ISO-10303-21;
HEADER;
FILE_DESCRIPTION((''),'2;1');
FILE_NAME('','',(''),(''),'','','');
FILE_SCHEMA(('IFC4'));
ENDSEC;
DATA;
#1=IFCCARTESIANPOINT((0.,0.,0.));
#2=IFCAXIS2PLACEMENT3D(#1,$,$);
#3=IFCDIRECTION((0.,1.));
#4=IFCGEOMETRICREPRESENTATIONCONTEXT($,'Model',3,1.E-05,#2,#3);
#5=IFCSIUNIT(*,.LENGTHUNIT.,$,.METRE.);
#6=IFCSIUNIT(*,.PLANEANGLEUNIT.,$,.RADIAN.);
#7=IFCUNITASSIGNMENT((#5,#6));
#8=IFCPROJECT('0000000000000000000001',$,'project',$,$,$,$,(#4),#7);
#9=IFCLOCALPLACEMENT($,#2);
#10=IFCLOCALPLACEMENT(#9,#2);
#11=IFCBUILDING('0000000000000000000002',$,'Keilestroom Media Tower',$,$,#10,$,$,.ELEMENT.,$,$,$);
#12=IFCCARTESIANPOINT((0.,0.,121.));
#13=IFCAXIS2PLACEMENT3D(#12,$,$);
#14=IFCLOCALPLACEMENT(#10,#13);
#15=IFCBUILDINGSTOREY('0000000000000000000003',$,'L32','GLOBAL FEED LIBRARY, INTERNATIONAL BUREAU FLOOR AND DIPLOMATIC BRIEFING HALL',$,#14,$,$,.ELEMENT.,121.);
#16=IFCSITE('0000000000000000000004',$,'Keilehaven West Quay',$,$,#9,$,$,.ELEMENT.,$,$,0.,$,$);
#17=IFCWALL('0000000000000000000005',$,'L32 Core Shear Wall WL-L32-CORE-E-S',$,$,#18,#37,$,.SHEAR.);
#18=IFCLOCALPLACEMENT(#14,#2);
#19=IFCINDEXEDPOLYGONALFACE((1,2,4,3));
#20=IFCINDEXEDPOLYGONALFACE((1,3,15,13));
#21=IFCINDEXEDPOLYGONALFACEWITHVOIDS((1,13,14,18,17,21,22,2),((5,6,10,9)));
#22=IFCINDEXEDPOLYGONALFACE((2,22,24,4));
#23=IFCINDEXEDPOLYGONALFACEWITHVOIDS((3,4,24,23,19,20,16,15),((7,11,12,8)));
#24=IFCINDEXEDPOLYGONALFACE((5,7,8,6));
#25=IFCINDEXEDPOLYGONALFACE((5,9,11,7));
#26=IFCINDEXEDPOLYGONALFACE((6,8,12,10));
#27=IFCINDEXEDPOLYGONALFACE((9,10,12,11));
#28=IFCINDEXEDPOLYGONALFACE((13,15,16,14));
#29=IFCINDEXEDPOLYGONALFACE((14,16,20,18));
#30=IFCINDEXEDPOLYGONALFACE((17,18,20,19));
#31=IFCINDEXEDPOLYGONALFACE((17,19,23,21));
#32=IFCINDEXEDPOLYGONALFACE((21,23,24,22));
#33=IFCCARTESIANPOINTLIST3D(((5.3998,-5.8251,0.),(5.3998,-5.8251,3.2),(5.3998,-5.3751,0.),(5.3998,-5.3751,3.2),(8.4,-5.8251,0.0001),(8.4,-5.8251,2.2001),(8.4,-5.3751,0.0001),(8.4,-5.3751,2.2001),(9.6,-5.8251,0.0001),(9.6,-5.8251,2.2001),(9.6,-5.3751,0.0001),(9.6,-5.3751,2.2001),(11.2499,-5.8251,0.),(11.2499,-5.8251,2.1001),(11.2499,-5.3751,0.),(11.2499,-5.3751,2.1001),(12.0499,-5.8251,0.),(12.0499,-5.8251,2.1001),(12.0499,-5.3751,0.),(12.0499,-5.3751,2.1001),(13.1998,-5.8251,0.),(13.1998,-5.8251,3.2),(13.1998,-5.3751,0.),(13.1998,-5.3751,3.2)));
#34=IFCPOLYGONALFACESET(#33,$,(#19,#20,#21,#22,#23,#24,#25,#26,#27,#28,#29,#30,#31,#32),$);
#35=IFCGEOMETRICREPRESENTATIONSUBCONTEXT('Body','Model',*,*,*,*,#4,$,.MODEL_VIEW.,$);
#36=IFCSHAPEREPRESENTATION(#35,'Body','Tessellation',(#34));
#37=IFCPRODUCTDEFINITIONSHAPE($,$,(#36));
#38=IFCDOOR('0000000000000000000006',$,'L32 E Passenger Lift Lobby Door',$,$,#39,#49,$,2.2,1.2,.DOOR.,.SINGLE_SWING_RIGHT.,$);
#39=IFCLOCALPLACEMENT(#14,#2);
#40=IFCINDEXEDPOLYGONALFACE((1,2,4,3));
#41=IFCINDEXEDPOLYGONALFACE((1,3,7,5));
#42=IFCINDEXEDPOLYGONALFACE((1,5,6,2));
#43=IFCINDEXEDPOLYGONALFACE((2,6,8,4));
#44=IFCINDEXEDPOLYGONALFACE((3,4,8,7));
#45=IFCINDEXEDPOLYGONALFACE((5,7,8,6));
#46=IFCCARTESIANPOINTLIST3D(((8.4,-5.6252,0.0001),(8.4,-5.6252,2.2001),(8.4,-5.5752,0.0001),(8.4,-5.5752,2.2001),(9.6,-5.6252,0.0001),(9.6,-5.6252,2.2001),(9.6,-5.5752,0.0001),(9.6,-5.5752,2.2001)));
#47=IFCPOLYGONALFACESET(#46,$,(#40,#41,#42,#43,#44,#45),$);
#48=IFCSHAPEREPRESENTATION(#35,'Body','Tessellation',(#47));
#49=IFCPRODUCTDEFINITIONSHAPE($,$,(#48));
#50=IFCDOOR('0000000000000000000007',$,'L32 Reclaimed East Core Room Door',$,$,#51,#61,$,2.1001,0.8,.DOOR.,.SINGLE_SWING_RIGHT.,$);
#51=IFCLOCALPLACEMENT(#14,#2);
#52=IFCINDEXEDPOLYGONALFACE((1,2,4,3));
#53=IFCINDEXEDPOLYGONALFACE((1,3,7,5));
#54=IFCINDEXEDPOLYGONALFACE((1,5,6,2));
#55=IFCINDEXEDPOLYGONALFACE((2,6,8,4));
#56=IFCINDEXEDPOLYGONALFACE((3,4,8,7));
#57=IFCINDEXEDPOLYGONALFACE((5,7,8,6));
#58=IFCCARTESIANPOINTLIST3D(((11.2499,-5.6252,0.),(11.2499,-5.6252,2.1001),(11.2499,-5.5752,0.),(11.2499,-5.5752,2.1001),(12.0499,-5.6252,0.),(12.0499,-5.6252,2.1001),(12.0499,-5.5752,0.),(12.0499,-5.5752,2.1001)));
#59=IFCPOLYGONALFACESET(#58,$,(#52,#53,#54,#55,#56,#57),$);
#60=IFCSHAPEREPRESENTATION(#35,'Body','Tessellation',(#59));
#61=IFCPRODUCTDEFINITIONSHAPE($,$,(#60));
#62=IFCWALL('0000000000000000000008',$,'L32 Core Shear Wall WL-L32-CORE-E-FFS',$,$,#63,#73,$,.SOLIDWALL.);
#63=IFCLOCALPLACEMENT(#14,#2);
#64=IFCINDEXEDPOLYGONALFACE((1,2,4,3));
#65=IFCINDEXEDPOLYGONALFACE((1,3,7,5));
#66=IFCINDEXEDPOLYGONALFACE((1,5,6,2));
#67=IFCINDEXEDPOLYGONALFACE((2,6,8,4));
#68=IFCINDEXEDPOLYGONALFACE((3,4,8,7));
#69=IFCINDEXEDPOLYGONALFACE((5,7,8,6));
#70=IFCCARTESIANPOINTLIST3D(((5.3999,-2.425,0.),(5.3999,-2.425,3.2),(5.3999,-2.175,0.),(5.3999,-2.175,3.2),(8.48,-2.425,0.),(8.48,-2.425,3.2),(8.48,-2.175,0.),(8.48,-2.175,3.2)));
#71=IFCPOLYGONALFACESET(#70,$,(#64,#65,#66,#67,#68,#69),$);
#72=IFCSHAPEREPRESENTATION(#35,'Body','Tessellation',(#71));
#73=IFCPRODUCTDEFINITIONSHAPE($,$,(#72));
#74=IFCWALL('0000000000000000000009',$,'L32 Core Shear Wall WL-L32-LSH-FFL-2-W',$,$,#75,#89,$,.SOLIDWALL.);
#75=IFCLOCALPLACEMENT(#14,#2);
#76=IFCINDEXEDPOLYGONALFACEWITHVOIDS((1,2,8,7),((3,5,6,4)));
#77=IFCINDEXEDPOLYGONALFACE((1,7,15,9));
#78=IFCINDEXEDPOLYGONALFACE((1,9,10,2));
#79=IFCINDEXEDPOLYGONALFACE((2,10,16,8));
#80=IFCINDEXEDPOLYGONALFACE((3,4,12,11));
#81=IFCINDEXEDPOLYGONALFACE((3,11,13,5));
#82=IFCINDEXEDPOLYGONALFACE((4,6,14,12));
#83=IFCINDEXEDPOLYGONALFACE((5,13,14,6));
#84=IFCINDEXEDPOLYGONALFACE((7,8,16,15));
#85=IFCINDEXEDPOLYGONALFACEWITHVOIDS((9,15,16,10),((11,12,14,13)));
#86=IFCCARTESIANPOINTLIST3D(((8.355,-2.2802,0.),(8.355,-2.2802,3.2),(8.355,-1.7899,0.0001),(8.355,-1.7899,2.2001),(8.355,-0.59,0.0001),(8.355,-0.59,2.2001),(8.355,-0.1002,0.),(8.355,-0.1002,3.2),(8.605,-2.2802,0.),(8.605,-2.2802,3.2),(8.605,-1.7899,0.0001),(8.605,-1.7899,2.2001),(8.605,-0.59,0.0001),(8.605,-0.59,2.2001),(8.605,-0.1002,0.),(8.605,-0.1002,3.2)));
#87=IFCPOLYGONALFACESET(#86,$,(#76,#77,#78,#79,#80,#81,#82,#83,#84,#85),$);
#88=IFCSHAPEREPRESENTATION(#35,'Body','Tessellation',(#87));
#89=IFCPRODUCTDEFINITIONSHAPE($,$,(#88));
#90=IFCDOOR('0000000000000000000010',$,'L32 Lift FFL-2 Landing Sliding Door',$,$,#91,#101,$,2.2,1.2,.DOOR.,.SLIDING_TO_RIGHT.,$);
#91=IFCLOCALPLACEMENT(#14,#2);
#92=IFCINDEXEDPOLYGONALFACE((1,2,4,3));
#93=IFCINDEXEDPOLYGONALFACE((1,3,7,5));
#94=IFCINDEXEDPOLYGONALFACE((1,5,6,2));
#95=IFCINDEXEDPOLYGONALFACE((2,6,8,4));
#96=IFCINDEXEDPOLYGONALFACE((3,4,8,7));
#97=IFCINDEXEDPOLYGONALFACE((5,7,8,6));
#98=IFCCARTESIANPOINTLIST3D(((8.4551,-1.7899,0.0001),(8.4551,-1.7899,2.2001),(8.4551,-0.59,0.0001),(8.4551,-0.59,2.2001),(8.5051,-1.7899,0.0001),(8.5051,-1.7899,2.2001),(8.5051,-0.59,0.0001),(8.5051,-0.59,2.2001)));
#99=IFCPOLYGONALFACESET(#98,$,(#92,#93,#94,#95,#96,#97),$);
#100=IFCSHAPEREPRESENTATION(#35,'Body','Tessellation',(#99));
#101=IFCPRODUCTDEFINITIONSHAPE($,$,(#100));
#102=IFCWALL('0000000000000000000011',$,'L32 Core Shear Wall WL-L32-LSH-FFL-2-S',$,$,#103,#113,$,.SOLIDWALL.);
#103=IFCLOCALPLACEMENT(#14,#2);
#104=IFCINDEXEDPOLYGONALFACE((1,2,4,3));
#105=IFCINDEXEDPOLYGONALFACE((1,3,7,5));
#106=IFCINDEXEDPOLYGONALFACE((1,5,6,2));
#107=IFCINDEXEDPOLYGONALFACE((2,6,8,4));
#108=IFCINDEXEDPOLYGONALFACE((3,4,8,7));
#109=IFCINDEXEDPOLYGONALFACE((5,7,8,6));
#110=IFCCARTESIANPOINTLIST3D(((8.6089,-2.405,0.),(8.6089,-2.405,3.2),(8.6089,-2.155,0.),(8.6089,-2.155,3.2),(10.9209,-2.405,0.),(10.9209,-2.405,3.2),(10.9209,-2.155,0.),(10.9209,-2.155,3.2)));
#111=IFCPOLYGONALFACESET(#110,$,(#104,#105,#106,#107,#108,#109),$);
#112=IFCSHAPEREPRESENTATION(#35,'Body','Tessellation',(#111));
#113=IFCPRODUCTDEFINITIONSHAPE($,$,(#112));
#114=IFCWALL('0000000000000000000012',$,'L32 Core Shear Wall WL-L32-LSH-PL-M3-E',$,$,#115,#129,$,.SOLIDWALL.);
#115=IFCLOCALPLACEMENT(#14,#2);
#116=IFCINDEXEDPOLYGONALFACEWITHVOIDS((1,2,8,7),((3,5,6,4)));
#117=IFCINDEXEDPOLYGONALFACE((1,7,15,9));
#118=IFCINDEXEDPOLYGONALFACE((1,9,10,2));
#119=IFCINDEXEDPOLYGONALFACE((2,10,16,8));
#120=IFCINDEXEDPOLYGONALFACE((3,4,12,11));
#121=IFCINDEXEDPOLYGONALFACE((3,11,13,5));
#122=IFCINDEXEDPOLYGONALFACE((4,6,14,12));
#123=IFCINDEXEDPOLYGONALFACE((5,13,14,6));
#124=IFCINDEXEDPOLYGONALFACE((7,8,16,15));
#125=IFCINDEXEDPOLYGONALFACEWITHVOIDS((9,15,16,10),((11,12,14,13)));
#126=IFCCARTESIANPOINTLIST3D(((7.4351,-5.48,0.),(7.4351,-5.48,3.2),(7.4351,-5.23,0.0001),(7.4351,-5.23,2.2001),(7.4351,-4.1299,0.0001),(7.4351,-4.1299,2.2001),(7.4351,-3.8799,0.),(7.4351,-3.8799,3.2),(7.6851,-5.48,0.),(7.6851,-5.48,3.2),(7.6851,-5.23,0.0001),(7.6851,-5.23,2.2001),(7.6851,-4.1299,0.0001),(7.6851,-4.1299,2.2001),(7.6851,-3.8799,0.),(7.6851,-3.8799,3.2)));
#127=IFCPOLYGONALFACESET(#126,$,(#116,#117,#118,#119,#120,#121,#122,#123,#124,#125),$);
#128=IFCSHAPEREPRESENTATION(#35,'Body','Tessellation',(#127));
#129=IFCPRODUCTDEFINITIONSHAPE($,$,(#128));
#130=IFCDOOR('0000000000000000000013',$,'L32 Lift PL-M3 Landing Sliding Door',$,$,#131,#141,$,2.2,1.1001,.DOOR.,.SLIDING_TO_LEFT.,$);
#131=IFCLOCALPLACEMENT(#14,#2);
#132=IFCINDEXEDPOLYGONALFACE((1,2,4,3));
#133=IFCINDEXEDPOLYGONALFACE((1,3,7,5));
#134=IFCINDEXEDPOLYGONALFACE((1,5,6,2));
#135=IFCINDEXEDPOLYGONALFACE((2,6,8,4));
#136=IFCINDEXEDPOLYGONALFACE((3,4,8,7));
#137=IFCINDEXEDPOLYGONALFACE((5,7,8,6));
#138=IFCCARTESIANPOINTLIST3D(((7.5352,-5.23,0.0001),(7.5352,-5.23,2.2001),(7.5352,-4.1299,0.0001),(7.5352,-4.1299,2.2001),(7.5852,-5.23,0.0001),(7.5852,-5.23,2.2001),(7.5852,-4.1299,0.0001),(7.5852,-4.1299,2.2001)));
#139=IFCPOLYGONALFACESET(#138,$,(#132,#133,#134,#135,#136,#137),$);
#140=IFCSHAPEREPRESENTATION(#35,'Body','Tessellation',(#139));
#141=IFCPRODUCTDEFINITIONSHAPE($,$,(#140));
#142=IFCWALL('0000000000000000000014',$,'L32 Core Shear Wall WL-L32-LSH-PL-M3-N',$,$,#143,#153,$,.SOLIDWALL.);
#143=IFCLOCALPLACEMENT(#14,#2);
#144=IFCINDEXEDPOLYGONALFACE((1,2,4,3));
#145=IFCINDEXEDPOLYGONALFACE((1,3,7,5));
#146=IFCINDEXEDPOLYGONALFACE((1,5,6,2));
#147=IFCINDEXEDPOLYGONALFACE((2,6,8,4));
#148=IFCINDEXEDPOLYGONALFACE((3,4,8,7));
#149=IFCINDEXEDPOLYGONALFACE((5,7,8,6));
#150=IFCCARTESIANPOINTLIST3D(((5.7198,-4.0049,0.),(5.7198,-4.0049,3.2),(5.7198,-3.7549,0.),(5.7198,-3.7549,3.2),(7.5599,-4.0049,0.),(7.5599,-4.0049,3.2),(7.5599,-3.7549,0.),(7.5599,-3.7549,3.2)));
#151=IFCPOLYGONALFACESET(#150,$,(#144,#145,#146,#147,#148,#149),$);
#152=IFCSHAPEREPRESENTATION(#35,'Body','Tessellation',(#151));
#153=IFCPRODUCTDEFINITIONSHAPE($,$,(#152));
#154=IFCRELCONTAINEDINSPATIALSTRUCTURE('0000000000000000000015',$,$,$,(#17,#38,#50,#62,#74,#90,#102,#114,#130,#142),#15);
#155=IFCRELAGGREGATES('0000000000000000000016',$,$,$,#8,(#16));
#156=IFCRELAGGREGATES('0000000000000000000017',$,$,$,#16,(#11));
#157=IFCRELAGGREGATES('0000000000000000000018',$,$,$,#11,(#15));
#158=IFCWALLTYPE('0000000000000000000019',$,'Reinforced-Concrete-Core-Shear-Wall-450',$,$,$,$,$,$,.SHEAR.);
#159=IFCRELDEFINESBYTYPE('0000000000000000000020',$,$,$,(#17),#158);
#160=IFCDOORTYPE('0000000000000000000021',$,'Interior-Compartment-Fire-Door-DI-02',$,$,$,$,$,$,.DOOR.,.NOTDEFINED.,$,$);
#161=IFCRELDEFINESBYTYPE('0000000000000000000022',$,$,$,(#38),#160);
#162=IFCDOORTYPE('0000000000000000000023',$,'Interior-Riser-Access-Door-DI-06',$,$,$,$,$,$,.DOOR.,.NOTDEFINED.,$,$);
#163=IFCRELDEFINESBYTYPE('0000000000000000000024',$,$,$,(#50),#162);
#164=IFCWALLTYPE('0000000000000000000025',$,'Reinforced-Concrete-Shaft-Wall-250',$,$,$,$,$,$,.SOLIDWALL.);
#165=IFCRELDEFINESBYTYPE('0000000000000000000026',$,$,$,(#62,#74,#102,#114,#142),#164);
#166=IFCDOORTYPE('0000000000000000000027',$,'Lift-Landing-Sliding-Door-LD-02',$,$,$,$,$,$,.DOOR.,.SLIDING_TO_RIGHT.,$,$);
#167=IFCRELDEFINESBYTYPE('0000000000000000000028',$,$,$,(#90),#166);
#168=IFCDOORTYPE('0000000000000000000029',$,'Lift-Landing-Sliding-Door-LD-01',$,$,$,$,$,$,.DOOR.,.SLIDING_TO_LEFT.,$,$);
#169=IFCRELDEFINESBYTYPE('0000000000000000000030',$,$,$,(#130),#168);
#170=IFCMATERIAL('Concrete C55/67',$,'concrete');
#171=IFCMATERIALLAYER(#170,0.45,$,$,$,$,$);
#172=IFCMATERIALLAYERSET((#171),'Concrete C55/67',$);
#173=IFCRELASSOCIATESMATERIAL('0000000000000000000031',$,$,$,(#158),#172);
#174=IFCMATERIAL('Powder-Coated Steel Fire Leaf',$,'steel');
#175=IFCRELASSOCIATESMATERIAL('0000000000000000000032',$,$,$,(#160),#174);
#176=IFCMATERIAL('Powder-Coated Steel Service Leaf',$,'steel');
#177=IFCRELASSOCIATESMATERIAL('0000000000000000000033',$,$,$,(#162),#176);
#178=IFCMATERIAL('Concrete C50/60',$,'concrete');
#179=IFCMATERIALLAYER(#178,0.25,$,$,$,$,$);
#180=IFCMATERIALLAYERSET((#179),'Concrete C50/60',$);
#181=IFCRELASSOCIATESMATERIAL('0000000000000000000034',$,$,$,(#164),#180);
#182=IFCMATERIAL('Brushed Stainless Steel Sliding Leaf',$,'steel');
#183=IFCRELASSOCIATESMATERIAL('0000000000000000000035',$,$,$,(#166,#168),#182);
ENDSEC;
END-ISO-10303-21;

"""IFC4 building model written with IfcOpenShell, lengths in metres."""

from ifc_helpers import new_model, si_unit, direction, frame, frame_2d, origin, place, context, subcontext, project, spatial, rectangle, extrude, source, transform, mapped, material, layer, layer_set, type_object, element, fill, save


model = new_model("IFC4")

# Units and contexts
model_context = context("Model", 3, precision=1e-05, world=origin(), true_north=direction((0.0, 1.0)))
body_context = subcontext(model_context, "Body", "Model", "MODEL_VIEW")
ifc_project = project(units=[si_unit("LENGTHUNIT", "METRE"), si_unit("PLANEANGLEUNIT", "RADIAN")], contexts=[model_context])

# Site, building, storey
site_placement = place(None, origin())
site = spatial("IfcSite", under=ifc_project, at=site_placement, Name="Keilehaven West Quay", CompositionType="ELEMENT", RefElevation=0.0)
building_placement = place(site_placement, origin())
building = spatial("IfcBuilding", under=site, at=building_placement, Name="Keilestroom Media Tower", CompositionType="ELEMENT")
storey_placement = place(building_placement, frame((0.0, 0.0, 121.0)))
storey = spatial("IfcBuildingStorey", under=building, at=storey_placement, Name="L32", Description="GLOBAL FEED LIBRARY, INTERNATIONAL BUREAU FLOOR AND DIPLOMATIC BRIEFING HALL", CompositionType="ELEMENT", Elevation=121.0)

# Wall, openings, doors
ifc_material_1 = material(Name="Concrete C55/67", Category="concrete")
ifc_layer_1 = layer(ifc_material_1, 0.45)
ifc_layer_set_1 = layer_set([ifc_layer_1], Name="Concrete C55/67")
wall_type_1 = type_object("IfcWallType", Name="Reinforced-Concrete-Core-Shear-Wall-450", PredefinedType="SHEAR", material=ifc_layer_set_1)
ifc_material_2 = material(Name="Powder-Coated Steel Fire Leaf", Category="steel")
door_type_1 = type_object("IfcDoorType", Name="Interior-Compartment-Fire-Door-DI-02", OperationType="NOTDEFINED", PredefinedType="DOOR", material=ifc_material_2)
shared_shape_1 = source(origin(), body_context, "Body", "SweptSolid", [
    extrude(rectangle(XDim=1.2, YDim=2.2, at=frame_2d((0.6001, 1.1001))), frame((0.0, 0.0249, 0.0), z_axis=(0.0, -1.0, 0.0), x_axis=(1.0, 0.0, 0.0)), (0.0, 0.0, 1.0), 0.05),
])
ifc_material_3 = material(Name="Powder-Coated Steel Service Leaf", Category="steel")
door_type_2 = type_object("IfcDoorType", Name="Interior-Riser-Access-Door-DI-06", OperationType="NOTDEFINED", PredefinedType="DOOR", material=ifc_material_3)
shared_shape_2 = source(origin(), body_context, "Body", "SweptSolid", [
    extrude(rectangle(XDim=0.8, YDim=2.1001, at=frame_2d((0.3999, 1.05))), frame((0.0, 0.0249, 0.0), z_axis=(0.0, -1.0, 0.0), x_axis=(1.0, 0.0, 0.0)), (0.0, 0.0, 1.0), 0.05),
])
wall_1_placement = place(storey_placement, frame((5.3999, -5.6001, 0.0), z_axis=(0.0, 0.0, 1.0), x_axis=(1.0, 0.0, 0.0)))
wall_1 = element("IfcWall", 1, at=wall_1_placement, inside=storey, type_object=wall_type_1, Name="L32 Core Shear Wall WL-L32-CORE-E-S", PredefinedType="SHEAR", context=body_context, shape_type="SweptSolid", body=[
    extrude(rectangle(XDim=7.8, YDim=0.45, at=frame_2d((3.8999, 0.0))), origin(), (0.0, 0.0, 1.0), 3.2),
])
opening_1_placement = place(wall_1_placement, frame((3.0, 0.0, 0.0)))
opening_1 = element("IfcOpeningElement", 2, at=opening_1_placement, cuts=wall_1, PredefinedType="OPENING", context=body_context, shape_type="SweptSolid", body=[
    extrude(rectangle(XDim=1.2, YDim=2.2, at=frame_2d((0.6001, 1.1001))), frame((0.0, 0.2349, 0.0), z_axis=(0.0, -1.0, 0.0), x_axis=(1.0, 0.0, 0.0)), (0.0, 0.0, 1.0), 0.47),
])
opening_2_placement = place(wall_1_placement, frame((5.8501, 0.0, 0.0)))
opening_2 = element("IfcOpeningElement", 3, at=opening_2_placement, cuts=wall_1, PredefinedType="OPENING", context=body_context, shape_type="SweptSolid", body=[
    extrude(rectangle(XDim=0.8, YDim=2.1001, at=frame_2d((0.3999, 1.05))), frame((0.0, 0.2349, 0.0), z_axis=(0.0, -1.0, 0.0), x_axis=(1.0, 0.0, 0.0)), (0.0, 0.0, 1.0), 0.47),
])
door_1_placement = place(opening_1_placement, origin())
door_1 = element("IfcDoor", 4, at=door_1_placement, inside=storey, type_object=door_type_1, Name="L32 E Passenger Lift Lobby Door", OperationType="SINGLE_SWING_RIGHT", OverallHeight=2.2, OverallWidth=1.2, PredefinedType="DOOR", context=body_context, shape_type="MappedRepresentation", body=[
    mapped(shared_shape_1, transform((0.0, 0.0, 0.0), x_axis=(1.0, 0.0, 0.0), y_axis=(0.0, 1.0, 0.0), z_axis=(0.0, 0.0, 1.0), scale=1.0)),
])
fill(opening_1, door_1)
door_2_placement = place(opening_2_placement, origin())
door_2 = element("IfcDoor", 5, at=door_2_placement, inside=storey, type_object=door_type_2, Name="L32 Reclaimed East Core Room Door", OperationType="SINGLE_SWING_RIGHT", OverallHeight=2.1001, OverallWidth=0.8, PredefinedType="DOOR", context=body_context, shape_type="MappedRepresentation", body=[
    mapped(shared_shape_2, transform((0.0, 0.0, 0.0), x_axis=(1.0, 0.0, 0.0), y_axis=(0.0, 1.0, 0.0), z_axis=(0.0, 0.0, 1.0), scale=1.0)),
])
fill(opening_2, door_2)

# Wall
ifc_material_4 = material(Name="Concrete C50/60", Category="concrete")
ifc_layer_2 = layer(ifc_material_4, 0.25)
ifc_layer_set_2 = layer_set([ifc_layer_2], Name="Concrete C50/60")
wall_type_2 = type_object("IfcWallType", Name="Reinforced-Concrete-Shaft-Wall-250", PredefinedType="SOLIDWALL", material=ifc_layer_set_2)
wall_2_placement = place(storey_placement, frame((5.3999, -2.3, 0.0), z_axis=(0.0, 0.0, 1.0), x_axis=(1.0, 0.0, 0.0)))
element("IfcWall", 6, at=wall_2_placement, inside=storey, type_object=wall_type_2, Name="L32 Core Shear Wall WL-L32-CORE-E-FFS", PredefinedType="SOLIDWALL", context=body_context, shape_type="SweptSolid", body=[
    extrude(rectangle(XDim=3.0801, YDim=0.25, at=frame_2d((1.54, 0.0))), origin(), (0.0, 0.0, 1.0), 3.2),
])

# Wall, opening, door
wall_3_placement = place(storey_placement, frame((8.48, -2.28, 0.0), z_axis=(0.0, 0.0, 1.0), x_axis=(0.0, 1.0, 0.0)))
wall_3 = element("IfcWall", 7, at=wall_3_placement, inside=storey, type_object=wall_type_2, Name="L32 Core Shear Wall WL-L32-LSH-FFL-2-W", PredefinedType="SOLIDWALL", context=body_context, shape_type="SweptSolid", body=[
    extrude(rectangle(XDim=2.1799, YDim=0.25, at=frame_2d((1.0898, 0.0))), origin(), (0.0, 0.0, 1.0), 3.2),
])
opening_3_placement = place(wall_3_placement, frame((0.49, 0.0, 0.0)))
opening_3 = element("IfcOpeningElement", 8, at=opening_3_placement, cuts=wall_3, PredefinedType="OPENING", context=body_context, shape_type="SweptSolid", body=[
    extrude(rectangle(XDim=1.2, YDim=2.2, at=frame_2d((0.6001, 1.1001))), frame((0.0, 0.135, 0.0), z_axis=(0.0, -1.0, 0.0), x_axis=(1.0, 0.0, 0.0)), (0.0, 0.0, 1.0), 0.27),
])
ifc_material_5 = material(Name="Brushed Stainless Steel Sliding Leaf", Category="steel")
door_type_3 = type_object("IfcDoorType", Name="Lift-Landing-Sliding-Door-LD-02", OperationType="SLIDING_TO_RIGHT", PredefinedType="DOOR", material=ifc_material_5)
door_3_placement = place(opening_3_placement, origin())
door_3 = element("IfcDoor", 9, at=door_3_placement, inside=storey, type_object=door_type_3, Name="L32 Lift FFL-2 Landing Sliding Door", OperationType="SLIDING_TO_RIGHT", OverallHeight=2.2, OverallWidth=1.2, PredefinedType="DOOR", context=body_context, shape_type="MappedRepresentation", body=[
    mapped(shared_shape_1, transform((0.0, 0.0, 0.0), x_axis=(1.0, 0.0, 0.0), y_axis=(0.0, 1.0, 0.0), z_axis=(0.0, 0.0, 1.0), scale=1.0)),
])
fill(opening_3, door_3)

# Wall
wall_4_placement = place(storey_placement, frame((8.6089, -2.28, 0.0), z_axis=(0.0, 0.0, 1.0), x_axis=(1.0, 0.0, 0.0)))
element("IfcWall", 10, at=wall_4_placement, inside=storey, type_object=wall_type_2, Name="L32 Core Shear Wall WL-L32-LSH-FFL-2-S", PredefinedType="SOLIDWALL", context=body_context, shape_type="SweptSolid", body=[
    extrude(rectangle(XDim=2.312, YDim=0.25, at=frame_2d((1.156, 0.0))), origin(), (0.0, 0.0, 1.0), 3.2),
])

# Wall, opening, door
wall_5_placement = place(storey_placement, frame((7.5601, -5.48, 0.0), z_axis=(0.0, 0.0, 1.0), x_axis=(0.0, 1.0, 0.0)))
wall_5 = element("IfcWall", 11, at=wall_5_placement, inside=storey, type_object=wall_type_2, Name="L32 Core Shear Wall WL-L32-LSH-PL-M3-E", PredefinedType="SOLIDWALL", context=body_context, shape_type="SweptSolid", body=[
    extrude(rectangle(XDim=1.6001, YDim=0.25, at=frame_2d((0.8, 0.0))), origin(), (0.0, 0.0, 1.0), 3.2),
])
opening_4_placement = place(wall_5_placement, frame((0.25, 0.0, 0.0)))
opening_4 = element("IfcOpeningElement", 12, at=opening_4_placement, cuts=wall_5, PredefinedType="OPENING", context=body_context, shape_type="SweptSolid", body=[
    extrude(rectangle(XDim=1.1001, YDim=2.2, at=frame_2d((0.55, 1.1001))), frame((0.0, 0.135, 0.0), z_axis=(0.0, -1.0, 0.0), x_axis=(1.0, 0.0, 0.0)), (0.0, 0.0, 1.0), 0.27),
])
door_type_4 = type_object("IfcDoorType", Name="Lift-Landing-Sliding-Door-LD-01", OperationType="SLIDING_TO_LEFT", PredefinedType="DOOR", material=ifc_material_5)
shared_shape_3 = source(origin(), body_context, "Body", "SweptSolid", [
    extrude(rectangle(XDim=1.1001, YDim=2.2, at=frame_2d((0.55, 1.1001))), frame((0.0, 0.0249, 0.0), z_axis=(0.0, -1.0, 0.0), x_axis=(1.0, 0.0, 0.0)), (0.0, 0.0, 1.0), 0.05),
])
door_4_placement = place(opening_4_placement, origin())
door_4 = element("IfcDoor", 13, at=door_4_placement, inside=storey, type_object=door_type_4, Name="L32 Lift PL-M3 Landing Sliding Door", OperationType="SLIDING_TO_LEFT", OverallHeight=2.2, OverallWidth=1.1001, PredefinedType="DOOR", context=body_context, shape_type="MappedRepresentation", body=[
    mapped(shared_shape_3, transform((0.0, 0.0, 0.0), x_axis=(1.0, 0.0, 0.0), y_axis=(0.0, 1.0, 0.0), z_axis=(0.0, 0.0, 1.0), scale=1.0)),
])
fill(opening_4, door_4)

# Wall
wall_6_placement = place(storey_placement, frame((5.72, -3.8799, 0.0), z_axis=(0.0, 0.0, 1.0), x_axis=(1.0, 0.0, 0.0)))
element("IfcWall", 14, at=wall_6_placement, inside=storey, type_object=wall_type_2, Name="L32 Core Shear Wall WL-L32-LSH-PL-M3-N", PredefinedType="SOLIDWALL", context=body_context, shape_type="SweptSolid", body=[
    extrude(rectangle(XDim=1.8401, YDim=0.25, at=frame_2d((0.9199, 0.0))), origin(), (0.0, 0.0, 1.0), 3.2),
])

save(model, "model.ifc")
